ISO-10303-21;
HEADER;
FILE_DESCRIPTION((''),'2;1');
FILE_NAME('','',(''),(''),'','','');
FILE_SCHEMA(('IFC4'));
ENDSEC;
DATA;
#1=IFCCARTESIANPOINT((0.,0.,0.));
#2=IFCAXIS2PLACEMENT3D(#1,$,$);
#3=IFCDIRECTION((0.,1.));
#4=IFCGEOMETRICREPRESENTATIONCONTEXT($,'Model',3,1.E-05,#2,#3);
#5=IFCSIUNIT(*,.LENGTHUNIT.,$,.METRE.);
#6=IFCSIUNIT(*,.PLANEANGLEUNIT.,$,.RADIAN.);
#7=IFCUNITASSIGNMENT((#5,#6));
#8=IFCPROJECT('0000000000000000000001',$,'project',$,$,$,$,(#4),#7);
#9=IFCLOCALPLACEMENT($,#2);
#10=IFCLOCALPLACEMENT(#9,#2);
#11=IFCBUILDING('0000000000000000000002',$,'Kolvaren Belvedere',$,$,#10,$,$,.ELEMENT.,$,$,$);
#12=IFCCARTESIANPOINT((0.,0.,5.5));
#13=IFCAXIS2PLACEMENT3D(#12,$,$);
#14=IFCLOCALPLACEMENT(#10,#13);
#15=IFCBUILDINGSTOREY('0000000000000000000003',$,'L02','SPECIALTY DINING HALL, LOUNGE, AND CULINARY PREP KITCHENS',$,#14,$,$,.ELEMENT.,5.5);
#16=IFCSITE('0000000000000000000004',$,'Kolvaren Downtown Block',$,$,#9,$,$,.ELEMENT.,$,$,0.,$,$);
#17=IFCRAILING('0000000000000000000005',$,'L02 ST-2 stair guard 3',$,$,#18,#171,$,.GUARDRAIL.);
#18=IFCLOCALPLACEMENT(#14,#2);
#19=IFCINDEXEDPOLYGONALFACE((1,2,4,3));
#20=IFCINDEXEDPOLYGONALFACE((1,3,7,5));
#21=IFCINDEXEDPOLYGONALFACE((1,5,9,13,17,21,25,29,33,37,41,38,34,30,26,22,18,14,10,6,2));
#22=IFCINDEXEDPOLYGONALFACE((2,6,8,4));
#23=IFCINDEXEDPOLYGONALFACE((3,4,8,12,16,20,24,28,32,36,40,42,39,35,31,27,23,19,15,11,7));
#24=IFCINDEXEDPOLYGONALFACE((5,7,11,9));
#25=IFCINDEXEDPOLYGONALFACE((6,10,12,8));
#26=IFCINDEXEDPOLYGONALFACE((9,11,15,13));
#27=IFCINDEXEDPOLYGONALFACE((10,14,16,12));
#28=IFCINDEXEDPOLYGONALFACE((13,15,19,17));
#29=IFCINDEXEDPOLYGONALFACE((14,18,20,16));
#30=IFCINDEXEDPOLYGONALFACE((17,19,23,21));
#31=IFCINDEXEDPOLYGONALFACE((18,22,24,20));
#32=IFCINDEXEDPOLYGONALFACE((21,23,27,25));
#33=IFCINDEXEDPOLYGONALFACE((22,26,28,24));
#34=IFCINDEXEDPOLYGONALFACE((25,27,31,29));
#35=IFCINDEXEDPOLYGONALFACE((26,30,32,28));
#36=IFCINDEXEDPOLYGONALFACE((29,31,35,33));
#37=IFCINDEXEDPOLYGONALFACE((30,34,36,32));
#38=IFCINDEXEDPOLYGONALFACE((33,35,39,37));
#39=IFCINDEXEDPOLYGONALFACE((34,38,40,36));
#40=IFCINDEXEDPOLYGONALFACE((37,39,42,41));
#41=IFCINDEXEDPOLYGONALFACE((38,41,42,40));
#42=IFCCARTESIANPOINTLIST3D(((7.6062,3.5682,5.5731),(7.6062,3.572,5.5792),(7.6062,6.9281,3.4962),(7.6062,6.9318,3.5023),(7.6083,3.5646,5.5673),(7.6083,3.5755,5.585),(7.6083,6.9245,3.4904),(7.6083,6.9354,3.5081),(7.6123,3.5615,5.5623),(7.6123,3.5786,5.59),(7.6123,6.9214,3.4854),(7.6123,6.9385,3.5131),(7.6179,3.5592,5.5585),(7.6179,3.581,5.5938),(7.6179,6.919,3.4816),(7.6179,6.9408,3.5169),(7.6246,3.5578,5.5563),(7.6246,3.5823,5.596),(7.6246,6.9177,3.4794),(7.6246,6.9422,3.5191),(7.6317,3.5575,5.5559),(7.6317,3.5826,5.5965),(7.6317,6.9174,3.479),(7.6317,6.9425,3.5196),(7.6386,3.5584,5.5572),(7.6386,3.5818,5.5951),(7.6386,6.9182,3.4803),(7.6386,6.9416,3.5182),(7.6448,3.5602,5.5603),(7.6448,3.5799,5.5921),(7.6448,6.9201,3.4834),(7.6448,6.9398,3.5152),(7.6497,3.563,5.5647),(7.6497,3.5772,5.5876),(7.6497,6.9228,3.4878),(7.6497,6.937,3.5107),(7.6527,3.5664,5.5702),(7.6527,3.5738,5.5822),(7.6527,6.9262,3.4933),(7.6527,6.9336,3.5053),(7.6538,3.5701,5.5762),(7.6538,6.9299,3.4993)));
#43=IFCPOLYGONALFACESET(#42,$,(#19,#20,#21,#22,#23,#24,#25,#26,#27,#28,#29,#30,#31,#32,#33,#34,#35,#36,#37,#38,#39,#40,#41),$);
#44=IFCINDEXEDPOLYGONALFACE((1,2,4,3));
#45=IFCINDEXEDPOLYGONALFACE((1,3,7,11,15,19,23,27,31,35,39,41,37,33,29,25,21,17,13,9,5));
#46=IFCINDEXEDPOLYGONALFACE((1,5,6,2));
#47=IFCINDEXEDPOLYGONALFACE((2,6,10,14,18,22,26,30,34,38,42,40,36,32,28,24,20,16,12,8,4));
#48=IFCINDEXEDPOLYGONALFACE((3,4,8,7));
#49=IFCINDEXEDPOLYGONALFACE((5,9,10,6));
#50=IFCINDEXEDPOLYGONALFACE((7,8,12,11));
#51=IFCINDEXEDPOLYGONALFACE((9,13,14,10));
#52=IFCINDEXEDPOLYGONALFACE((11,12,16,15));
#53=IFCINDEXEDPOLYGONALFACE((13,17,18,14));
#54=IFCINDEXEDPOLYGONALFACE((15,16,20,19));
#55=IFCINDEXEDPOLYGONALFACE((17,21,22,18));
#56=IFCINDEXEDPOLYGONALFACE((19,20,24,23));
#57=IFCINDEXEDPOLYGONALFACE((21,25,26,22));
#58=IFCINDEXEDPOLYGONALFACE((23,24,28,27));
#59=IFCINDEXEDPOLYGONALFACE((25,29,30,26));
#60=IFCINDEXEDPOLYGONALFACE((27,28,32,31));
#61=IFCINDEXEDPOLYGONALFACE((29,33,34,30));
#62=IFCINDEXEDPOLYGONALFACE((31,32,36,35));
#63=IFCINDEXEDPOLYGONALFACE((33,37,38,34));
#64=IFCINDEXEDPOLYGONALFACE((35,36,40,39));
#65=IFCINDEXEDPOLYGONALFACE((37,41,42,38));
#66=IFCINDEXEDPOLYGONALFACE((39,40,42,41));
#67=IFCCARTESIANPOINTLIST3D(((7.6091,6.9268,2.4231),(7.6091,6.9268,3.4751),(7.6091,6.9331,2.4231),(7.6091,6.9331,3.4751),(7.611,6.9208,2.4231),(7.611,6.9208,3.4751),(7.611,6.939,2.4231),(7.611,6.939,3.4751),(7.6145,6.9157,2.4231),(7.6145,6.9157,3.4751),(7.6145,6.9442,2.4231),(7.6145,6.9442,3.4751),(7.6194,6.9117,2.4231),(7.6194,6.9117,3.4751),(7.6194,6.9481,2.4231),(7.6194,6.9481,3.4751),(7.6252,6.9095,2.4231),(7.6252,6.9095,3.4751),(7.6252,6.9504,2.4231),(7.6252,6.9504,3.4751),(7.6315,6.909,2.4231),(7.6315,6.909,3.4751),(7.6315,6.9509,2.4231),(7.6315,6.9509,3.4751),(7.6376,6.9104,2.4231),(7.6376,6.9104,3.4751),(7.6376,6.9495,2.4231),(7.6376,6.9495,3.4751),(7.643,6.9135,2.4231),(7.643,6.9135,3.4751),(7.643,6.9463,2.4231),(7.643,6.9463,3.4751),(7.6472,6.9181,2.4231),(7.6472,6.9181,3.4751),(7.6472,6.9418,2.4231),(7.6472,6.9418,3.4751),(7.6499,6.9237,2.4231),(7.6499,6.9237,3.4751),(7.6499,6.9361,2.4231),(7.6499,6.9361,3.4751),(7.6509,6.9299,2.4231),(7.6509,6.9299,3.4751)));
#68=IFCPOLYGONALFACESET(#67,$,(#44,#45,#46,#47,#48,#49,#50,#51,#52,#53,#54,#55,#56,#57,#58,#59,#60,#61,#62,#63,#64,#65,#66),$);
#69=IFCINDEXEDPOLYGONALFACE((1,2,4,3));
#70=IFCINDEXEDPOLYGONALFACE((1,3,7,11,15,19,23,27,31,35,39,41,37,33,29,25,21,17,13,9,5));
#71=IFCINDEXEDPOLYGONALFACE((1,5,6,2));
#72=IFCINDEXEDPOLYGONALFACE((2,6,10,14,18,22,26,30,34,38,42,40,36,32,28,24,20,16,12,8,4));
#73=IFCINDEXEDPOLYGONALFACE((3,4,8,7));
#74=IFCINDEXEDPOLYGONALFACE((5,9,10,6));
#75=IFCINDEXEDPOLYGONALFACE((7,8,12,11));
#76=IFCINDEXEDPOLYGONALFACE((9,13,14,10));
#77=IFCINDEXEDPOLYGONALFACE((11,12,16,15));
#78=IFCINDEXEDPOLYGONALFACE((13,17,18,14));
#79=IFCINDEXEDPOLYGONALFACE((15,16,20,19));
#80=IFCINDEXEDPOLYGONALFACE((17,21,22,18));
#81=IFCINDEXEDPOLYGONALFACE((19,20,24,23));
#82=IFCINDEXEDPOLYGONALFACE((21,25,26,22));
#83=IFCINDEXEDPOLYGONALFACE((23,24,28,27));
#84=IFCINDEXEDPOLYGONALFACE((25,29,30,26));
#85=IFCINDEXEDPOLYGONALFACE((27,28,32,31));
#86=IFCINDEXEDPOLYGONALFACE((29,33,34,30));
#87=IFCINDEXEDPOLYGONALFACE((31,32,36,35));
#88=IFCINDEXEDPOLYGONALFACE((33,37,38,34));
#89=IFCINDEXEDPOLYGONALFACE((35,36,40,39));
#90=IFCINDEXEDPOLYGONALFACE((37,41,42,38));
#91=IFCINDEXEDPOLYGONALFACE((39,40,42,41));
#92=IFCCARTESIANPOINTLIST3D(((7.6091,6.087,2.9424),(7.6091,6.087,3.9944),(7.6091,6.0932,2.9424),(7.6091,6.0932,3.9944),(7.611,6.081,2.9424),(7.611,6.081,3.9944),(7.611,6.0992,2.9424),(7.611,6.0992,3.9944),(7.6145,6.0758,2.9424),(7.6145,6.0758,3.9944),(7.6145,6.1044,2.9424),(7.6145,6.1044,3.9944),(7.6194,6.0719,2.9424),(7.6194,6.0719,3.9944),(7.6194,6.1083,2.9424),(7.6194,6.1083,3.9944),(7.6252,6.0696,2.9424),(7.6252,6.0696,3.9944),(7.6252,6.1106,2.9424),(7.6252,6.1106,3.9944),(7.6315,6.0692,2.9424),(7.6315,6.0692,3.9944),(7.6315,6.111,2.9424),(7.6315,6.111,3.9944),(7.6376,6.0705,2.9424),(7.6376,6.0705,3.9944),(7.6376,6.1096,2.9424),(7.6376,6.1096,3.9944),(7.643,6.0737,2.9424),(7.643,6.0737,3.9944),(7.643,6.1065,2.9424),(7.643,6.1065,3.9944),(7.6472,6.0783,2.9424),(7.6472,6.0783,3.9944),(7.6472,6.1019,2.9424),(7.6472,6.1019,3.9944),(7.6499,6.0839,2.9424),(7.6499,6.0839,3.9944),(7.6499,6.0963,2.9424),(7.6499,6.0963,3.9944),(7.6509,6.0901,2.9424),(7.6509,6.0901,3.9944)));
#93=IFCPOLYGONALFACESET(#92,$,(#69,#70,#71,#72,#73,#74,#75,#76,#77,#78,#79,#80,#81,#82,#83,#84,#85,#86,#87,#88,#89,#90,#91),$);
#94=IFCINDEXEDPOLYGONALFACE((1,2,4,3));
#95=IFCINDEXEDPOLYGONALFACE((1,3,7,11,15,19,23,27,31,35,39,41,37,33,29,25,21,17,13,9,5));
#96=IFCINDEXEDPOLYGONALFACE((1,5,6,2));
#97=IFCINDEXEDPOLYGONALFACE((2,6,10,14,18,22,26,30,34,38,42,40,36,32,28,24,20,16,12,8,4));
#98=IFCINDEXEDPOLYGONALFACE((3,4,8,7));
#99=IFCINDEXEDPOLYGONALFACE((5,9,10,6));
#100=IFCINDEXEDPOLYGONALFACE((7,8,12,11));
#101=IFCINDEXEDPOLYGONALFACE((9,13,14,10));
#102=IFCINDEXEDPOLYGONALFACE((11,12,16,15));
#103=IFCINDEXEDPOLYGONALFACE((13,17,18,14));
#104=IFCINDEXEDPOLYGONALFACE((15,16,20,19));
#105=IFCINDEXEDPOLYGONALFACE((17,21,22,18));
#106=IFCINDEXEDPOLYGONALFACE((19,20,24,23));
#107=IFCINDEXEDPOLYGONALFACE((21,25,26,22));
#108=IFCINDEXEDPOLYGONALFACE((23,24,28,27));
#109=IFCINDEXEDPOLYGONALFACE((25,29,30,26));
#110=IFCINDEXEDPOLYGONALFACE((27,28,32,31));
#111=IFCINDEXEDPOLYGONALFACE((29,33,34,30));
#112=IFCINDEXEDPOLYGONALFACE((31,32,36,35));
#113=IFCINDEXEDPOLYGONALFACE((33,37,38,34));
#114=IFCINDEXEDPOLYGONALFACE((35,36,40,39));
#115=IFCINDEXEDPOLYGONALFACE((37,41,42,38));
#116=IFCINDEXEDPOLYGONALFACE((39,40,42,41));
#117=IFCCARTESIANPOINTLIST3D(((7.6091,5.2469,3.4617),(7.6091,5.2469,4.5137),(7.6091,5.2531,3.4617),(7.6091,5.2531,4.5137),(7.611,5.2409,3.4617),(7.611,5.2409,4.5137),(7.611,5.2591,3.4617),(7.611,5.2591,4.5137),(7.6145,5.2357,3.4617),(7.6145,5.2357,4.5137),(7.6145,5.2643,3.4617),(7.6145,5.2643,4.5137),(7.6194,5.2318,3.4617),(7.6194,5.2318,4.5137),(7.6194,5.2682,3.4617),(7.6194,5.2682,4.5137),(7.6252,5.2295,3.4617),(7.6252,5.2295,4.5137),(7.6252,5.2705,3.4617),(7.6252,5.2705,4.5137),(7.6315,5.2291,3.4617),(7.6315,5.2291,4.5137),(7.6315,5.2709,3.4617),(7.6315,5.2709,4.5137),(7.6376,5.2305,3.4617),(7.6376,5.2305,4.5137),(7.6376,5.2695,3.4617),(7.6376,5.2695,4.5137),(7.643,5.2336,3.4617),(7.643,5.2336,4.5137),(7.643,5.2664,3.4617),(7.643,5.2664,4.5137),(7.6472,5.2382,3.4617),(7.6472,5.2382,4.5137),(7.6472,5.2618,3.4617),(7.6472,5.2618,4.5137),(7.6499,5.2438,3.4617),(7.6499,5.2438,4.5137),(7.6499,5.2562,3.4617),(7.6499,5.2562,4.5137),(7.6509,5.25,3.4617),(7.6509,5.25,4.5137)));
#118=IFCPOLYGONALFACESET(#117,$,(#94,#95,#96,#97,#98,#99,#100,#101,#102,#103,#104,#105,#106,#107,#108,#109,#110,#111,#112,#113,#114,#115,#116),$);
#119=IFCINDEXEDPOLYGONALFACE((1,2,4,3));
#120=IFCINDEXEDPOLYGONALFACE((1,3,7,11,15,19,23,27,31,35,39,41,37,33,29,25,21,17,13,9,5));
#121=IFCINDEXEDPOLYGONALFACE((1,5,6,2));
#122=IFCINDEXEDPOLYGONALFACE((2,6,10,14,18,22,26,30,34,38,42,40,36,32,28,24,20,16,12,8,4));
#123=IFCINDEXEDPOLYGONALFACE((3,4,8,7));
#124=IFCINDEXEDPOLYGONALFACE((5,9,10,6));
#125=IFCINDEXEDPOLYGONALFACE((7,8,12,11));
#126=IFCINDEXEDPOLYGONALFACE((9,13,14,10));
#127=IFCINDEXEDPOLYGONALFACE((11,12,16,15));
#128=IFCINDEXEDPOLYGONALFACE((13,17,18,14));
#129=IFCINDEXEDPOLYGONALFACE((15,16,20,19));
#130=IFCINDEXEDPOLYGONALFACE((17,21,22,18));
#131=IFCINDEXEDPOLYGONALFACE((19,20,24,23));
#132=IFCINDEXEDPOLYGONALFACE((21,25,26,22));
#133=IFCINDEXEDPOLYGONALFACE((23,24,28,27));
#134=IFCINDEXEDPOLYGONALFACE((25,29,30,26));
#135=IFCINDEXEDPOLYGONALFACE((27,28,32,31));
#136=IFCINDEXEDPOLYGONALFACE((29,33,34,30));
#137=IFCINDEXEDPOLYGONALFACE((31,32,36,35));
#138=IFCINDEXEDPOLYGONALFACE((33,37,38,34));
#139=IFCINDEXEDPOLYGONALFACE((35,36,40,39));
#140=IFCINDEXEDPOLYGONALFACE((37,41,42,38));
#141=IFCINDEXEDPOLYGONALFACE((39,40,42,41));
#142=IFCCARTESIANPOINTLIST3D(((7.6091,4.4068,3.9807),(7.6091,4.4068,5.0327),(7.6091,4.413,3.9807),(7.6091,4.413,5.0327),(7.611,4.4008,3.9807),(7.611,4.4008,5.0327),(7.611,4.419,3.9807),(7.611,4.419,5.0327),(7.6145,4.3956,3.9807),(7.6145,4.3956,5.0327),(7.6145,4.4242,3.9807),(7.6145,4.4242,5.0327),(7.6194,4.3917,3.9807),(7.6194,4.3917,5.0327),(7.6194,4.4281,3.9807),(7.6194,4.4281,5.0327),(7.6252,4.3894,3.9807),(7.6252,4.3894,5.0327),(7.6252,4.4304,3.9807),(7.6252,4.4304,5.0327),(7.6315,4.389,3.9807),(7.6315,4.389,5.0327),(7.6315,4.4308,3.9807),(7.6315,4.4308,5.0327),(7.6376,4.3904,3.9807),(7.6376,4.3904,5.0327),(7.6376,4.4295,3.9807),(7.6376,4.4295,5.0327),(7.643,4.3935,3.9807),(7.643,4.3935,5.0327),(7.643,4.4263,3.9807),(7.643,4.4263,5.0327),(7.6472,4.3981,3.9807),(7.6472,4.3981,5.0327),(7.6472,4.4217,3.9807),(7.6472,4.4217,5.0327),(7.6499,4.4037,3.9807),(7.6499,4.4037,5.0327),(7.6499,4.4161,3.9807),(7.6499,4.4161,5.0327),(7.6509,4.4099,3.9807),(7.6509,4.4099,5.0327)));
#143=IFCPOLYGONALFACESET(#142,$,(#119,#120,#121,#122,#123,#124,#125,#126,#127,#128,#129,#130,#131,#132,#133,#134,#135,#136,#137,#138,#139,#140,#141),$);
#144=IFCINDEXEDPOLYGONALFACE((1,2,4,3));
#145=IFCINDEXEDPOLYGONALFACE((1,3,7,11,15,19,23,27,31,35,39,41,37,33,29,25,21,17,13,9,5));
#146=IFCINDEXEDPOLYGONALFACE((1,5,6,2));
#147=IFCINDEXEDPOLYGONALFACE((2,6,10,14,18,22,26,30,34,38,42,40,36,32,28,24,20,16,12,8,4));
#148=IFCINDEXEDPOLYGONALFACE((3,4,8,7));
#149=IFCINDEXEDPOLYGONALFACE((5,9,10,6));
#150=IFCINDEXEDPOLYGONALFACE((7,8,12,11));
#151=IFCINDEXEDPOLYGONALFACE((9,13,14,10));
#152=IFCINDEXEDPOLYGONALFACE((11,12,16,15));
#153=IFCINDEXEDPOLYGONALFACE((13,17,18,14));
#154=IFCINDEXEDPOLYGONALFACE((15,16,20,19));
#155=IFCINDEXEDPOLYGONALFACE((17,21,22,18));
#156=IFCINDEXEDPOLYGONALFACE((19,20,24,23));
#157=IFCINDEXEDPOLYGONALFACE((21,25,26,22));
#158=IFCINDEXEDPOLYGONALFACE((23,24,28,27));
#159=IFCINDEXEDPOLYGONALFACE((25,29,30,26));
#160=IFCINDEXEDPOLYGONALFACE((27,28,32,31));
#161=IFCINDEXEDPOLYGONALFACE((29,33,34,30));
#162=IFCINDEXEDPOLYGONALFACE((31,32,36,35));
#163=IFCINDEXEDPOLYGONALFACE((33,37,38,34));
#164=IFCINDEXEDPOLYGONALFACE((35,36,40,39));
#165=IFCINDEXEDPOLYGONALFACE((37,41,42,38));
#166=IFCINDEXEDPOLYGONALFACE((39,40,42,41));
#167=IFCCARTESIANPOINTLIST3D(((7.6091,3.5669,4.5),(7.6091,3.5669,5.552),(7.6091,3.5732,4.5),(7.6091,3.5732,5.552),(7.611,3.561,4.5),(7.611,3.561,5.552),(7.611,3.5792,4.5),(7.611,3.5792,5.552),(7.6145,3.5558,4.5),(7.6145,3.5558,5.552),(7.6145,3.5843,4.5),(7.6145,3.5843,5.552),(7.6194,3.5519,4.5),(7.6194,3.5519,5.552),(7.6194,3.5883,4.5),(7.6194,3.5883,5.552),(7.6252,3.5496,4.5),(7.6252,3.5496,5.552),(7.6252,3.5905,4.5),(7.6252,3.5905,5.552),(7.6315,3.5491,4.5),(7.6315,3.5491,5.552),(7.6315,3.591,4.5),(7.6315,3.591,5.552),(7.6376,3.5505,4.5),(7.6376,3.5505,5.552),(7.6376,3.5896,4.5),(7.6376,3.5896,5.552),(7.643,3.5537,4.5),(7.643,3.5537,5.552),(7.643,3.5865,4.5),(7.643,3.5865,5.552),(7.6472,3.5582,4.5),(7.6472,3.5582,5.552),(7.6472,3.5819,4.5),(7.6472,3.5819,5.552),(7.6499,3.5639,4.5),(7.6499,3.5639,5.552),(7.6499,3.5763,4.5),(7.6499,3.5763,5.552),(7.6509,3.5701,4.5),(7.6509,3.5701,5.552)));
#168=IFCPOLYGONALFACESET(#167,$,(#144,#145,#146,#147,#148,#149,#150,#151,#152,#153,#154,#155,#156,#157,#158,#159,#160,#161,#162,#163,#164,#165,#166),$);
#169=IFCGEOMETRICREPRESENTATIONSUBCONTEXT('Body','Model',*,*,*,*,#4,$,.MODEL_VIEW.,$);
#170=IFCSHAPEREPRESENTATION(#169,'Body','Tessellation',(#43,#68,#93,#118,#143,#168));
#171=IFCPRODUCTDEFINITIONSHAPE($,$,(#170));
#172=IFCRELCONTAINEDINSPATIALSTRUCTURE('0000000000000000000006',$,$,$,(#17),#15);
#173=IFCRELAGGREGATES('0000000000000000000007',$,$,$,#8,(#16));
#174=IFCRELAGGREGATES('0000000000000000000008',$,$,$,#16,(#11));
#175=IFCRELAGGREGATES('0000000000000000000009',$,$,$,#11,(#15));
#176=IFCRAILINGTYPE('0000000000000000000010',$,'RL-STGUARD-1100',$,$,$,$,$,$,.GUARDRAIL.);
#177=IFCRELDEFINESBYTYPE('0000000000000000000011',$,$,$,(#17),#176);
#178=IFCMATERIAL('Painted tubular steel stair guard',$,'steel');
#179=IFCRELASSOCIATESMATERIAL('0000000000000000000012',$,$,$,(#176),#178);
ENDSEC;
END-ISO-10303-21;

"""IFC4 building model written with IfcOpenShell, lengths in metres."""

from ifc_helpers import new_model, si_unit, direction, frame, origin, origin_2d, place, context, subcontext, project, spatial, circle, extrude, material, type_object, element, save


model = new_model("IFC4")

# Units and contexts
model_context = context("Model", 3, precision=1e-05, world=origin(), true_north=direction((0.0, 1.0)))
body_context = subcontext(model_context, "Body", "Model", "MODEL_VIEW")
ifc_project = project(units=[si_unit("LENGTHUNIT", "METRE"), si_unit("PLANEANGLEUNIT", "RADIAN")], contexts=[model_context])

# Site, building, storey
site_placement = place(None, origin())
site = spatial("IfcSite", under=ifc_project, at=site_placement, Name="Kolvaren Downtown Block", CompositionType="ELEMENT", RefElevation=0.0)
building_placement = place(site_placement, origin())
building = spatial("IfcBuilding", under=site, at=building_placement, Name="Kolvaren Belvedere", CompositionType="ELEMENT")
storey_placement = place(building_placement, frame((0.0, 0.0, 5.5)))
storey = spatial("IfcBuildingStorey", under=building, at=storey_placement, Name="L02", Description="SPECIALTY DINING HALL, LOUNGE, AND CULINARY PREP KITCHENS", CompositionType="ELEMENT", Elevation=5.5)

# Railing
ifc_material_1 = material(Name="Painted tubular steel stair guard", Category="steel")
railing_type_1 = type_object("IfcRailingType", Name="RL-STGUARD-1100", PredefinedType="GUARDRAIL", material=ifc_material_1)
railing_1_placement = place(storey_placement, frame((7.6299, 6.9299, 2.4231)))
element("IfcRailing", 1, at=railing_1_placement, inside=storey, type_object=railing_type_1, Name="L02 ST-2 stair guard 3", PredefinedType="GUARDRAIL", context=body_context, shape_type="SweptSolid", body=[
    extrude(circle(Radius=0.0239, at=origin_2d()), frame((0.0, 0.0, 1.0762), z_axis=(0.0, -0.850606, 0.525803), x_axis=(1.0, 0.0, 0.0)), (0.0, 0.0, 1.0), 3.95),
    extrude(circle(Radius=0.021, at=origin_2d()), origin(), (0.0, 0.0, 1.0), 1.052),
    extrude(circle(Radius=0.021, at=origin_2d()), frame((0.0, -0.8398, 0.5193)), (0.0, 0.0, 1.0), 1.052),
    extrude(circle(Radius=0.021, at=origin_2d()), frame((0.0, -1.6799, 1.0386)), (0.0, 0.0, 1.0), 1.052),
    extrude(circle(Radius=0.021, at=origin_2d()), frame((0.0, -2.52, 1.5576)), (0.0, 0.0, 1.0), 1.052),
    extrude(circle(Radius=0.021, at=origin_2d()), frame((0.0, -3.3599, 2.0769)), (0.0, 0.0, 1.0), 1.052),
])

save(model, "model.ifc")
